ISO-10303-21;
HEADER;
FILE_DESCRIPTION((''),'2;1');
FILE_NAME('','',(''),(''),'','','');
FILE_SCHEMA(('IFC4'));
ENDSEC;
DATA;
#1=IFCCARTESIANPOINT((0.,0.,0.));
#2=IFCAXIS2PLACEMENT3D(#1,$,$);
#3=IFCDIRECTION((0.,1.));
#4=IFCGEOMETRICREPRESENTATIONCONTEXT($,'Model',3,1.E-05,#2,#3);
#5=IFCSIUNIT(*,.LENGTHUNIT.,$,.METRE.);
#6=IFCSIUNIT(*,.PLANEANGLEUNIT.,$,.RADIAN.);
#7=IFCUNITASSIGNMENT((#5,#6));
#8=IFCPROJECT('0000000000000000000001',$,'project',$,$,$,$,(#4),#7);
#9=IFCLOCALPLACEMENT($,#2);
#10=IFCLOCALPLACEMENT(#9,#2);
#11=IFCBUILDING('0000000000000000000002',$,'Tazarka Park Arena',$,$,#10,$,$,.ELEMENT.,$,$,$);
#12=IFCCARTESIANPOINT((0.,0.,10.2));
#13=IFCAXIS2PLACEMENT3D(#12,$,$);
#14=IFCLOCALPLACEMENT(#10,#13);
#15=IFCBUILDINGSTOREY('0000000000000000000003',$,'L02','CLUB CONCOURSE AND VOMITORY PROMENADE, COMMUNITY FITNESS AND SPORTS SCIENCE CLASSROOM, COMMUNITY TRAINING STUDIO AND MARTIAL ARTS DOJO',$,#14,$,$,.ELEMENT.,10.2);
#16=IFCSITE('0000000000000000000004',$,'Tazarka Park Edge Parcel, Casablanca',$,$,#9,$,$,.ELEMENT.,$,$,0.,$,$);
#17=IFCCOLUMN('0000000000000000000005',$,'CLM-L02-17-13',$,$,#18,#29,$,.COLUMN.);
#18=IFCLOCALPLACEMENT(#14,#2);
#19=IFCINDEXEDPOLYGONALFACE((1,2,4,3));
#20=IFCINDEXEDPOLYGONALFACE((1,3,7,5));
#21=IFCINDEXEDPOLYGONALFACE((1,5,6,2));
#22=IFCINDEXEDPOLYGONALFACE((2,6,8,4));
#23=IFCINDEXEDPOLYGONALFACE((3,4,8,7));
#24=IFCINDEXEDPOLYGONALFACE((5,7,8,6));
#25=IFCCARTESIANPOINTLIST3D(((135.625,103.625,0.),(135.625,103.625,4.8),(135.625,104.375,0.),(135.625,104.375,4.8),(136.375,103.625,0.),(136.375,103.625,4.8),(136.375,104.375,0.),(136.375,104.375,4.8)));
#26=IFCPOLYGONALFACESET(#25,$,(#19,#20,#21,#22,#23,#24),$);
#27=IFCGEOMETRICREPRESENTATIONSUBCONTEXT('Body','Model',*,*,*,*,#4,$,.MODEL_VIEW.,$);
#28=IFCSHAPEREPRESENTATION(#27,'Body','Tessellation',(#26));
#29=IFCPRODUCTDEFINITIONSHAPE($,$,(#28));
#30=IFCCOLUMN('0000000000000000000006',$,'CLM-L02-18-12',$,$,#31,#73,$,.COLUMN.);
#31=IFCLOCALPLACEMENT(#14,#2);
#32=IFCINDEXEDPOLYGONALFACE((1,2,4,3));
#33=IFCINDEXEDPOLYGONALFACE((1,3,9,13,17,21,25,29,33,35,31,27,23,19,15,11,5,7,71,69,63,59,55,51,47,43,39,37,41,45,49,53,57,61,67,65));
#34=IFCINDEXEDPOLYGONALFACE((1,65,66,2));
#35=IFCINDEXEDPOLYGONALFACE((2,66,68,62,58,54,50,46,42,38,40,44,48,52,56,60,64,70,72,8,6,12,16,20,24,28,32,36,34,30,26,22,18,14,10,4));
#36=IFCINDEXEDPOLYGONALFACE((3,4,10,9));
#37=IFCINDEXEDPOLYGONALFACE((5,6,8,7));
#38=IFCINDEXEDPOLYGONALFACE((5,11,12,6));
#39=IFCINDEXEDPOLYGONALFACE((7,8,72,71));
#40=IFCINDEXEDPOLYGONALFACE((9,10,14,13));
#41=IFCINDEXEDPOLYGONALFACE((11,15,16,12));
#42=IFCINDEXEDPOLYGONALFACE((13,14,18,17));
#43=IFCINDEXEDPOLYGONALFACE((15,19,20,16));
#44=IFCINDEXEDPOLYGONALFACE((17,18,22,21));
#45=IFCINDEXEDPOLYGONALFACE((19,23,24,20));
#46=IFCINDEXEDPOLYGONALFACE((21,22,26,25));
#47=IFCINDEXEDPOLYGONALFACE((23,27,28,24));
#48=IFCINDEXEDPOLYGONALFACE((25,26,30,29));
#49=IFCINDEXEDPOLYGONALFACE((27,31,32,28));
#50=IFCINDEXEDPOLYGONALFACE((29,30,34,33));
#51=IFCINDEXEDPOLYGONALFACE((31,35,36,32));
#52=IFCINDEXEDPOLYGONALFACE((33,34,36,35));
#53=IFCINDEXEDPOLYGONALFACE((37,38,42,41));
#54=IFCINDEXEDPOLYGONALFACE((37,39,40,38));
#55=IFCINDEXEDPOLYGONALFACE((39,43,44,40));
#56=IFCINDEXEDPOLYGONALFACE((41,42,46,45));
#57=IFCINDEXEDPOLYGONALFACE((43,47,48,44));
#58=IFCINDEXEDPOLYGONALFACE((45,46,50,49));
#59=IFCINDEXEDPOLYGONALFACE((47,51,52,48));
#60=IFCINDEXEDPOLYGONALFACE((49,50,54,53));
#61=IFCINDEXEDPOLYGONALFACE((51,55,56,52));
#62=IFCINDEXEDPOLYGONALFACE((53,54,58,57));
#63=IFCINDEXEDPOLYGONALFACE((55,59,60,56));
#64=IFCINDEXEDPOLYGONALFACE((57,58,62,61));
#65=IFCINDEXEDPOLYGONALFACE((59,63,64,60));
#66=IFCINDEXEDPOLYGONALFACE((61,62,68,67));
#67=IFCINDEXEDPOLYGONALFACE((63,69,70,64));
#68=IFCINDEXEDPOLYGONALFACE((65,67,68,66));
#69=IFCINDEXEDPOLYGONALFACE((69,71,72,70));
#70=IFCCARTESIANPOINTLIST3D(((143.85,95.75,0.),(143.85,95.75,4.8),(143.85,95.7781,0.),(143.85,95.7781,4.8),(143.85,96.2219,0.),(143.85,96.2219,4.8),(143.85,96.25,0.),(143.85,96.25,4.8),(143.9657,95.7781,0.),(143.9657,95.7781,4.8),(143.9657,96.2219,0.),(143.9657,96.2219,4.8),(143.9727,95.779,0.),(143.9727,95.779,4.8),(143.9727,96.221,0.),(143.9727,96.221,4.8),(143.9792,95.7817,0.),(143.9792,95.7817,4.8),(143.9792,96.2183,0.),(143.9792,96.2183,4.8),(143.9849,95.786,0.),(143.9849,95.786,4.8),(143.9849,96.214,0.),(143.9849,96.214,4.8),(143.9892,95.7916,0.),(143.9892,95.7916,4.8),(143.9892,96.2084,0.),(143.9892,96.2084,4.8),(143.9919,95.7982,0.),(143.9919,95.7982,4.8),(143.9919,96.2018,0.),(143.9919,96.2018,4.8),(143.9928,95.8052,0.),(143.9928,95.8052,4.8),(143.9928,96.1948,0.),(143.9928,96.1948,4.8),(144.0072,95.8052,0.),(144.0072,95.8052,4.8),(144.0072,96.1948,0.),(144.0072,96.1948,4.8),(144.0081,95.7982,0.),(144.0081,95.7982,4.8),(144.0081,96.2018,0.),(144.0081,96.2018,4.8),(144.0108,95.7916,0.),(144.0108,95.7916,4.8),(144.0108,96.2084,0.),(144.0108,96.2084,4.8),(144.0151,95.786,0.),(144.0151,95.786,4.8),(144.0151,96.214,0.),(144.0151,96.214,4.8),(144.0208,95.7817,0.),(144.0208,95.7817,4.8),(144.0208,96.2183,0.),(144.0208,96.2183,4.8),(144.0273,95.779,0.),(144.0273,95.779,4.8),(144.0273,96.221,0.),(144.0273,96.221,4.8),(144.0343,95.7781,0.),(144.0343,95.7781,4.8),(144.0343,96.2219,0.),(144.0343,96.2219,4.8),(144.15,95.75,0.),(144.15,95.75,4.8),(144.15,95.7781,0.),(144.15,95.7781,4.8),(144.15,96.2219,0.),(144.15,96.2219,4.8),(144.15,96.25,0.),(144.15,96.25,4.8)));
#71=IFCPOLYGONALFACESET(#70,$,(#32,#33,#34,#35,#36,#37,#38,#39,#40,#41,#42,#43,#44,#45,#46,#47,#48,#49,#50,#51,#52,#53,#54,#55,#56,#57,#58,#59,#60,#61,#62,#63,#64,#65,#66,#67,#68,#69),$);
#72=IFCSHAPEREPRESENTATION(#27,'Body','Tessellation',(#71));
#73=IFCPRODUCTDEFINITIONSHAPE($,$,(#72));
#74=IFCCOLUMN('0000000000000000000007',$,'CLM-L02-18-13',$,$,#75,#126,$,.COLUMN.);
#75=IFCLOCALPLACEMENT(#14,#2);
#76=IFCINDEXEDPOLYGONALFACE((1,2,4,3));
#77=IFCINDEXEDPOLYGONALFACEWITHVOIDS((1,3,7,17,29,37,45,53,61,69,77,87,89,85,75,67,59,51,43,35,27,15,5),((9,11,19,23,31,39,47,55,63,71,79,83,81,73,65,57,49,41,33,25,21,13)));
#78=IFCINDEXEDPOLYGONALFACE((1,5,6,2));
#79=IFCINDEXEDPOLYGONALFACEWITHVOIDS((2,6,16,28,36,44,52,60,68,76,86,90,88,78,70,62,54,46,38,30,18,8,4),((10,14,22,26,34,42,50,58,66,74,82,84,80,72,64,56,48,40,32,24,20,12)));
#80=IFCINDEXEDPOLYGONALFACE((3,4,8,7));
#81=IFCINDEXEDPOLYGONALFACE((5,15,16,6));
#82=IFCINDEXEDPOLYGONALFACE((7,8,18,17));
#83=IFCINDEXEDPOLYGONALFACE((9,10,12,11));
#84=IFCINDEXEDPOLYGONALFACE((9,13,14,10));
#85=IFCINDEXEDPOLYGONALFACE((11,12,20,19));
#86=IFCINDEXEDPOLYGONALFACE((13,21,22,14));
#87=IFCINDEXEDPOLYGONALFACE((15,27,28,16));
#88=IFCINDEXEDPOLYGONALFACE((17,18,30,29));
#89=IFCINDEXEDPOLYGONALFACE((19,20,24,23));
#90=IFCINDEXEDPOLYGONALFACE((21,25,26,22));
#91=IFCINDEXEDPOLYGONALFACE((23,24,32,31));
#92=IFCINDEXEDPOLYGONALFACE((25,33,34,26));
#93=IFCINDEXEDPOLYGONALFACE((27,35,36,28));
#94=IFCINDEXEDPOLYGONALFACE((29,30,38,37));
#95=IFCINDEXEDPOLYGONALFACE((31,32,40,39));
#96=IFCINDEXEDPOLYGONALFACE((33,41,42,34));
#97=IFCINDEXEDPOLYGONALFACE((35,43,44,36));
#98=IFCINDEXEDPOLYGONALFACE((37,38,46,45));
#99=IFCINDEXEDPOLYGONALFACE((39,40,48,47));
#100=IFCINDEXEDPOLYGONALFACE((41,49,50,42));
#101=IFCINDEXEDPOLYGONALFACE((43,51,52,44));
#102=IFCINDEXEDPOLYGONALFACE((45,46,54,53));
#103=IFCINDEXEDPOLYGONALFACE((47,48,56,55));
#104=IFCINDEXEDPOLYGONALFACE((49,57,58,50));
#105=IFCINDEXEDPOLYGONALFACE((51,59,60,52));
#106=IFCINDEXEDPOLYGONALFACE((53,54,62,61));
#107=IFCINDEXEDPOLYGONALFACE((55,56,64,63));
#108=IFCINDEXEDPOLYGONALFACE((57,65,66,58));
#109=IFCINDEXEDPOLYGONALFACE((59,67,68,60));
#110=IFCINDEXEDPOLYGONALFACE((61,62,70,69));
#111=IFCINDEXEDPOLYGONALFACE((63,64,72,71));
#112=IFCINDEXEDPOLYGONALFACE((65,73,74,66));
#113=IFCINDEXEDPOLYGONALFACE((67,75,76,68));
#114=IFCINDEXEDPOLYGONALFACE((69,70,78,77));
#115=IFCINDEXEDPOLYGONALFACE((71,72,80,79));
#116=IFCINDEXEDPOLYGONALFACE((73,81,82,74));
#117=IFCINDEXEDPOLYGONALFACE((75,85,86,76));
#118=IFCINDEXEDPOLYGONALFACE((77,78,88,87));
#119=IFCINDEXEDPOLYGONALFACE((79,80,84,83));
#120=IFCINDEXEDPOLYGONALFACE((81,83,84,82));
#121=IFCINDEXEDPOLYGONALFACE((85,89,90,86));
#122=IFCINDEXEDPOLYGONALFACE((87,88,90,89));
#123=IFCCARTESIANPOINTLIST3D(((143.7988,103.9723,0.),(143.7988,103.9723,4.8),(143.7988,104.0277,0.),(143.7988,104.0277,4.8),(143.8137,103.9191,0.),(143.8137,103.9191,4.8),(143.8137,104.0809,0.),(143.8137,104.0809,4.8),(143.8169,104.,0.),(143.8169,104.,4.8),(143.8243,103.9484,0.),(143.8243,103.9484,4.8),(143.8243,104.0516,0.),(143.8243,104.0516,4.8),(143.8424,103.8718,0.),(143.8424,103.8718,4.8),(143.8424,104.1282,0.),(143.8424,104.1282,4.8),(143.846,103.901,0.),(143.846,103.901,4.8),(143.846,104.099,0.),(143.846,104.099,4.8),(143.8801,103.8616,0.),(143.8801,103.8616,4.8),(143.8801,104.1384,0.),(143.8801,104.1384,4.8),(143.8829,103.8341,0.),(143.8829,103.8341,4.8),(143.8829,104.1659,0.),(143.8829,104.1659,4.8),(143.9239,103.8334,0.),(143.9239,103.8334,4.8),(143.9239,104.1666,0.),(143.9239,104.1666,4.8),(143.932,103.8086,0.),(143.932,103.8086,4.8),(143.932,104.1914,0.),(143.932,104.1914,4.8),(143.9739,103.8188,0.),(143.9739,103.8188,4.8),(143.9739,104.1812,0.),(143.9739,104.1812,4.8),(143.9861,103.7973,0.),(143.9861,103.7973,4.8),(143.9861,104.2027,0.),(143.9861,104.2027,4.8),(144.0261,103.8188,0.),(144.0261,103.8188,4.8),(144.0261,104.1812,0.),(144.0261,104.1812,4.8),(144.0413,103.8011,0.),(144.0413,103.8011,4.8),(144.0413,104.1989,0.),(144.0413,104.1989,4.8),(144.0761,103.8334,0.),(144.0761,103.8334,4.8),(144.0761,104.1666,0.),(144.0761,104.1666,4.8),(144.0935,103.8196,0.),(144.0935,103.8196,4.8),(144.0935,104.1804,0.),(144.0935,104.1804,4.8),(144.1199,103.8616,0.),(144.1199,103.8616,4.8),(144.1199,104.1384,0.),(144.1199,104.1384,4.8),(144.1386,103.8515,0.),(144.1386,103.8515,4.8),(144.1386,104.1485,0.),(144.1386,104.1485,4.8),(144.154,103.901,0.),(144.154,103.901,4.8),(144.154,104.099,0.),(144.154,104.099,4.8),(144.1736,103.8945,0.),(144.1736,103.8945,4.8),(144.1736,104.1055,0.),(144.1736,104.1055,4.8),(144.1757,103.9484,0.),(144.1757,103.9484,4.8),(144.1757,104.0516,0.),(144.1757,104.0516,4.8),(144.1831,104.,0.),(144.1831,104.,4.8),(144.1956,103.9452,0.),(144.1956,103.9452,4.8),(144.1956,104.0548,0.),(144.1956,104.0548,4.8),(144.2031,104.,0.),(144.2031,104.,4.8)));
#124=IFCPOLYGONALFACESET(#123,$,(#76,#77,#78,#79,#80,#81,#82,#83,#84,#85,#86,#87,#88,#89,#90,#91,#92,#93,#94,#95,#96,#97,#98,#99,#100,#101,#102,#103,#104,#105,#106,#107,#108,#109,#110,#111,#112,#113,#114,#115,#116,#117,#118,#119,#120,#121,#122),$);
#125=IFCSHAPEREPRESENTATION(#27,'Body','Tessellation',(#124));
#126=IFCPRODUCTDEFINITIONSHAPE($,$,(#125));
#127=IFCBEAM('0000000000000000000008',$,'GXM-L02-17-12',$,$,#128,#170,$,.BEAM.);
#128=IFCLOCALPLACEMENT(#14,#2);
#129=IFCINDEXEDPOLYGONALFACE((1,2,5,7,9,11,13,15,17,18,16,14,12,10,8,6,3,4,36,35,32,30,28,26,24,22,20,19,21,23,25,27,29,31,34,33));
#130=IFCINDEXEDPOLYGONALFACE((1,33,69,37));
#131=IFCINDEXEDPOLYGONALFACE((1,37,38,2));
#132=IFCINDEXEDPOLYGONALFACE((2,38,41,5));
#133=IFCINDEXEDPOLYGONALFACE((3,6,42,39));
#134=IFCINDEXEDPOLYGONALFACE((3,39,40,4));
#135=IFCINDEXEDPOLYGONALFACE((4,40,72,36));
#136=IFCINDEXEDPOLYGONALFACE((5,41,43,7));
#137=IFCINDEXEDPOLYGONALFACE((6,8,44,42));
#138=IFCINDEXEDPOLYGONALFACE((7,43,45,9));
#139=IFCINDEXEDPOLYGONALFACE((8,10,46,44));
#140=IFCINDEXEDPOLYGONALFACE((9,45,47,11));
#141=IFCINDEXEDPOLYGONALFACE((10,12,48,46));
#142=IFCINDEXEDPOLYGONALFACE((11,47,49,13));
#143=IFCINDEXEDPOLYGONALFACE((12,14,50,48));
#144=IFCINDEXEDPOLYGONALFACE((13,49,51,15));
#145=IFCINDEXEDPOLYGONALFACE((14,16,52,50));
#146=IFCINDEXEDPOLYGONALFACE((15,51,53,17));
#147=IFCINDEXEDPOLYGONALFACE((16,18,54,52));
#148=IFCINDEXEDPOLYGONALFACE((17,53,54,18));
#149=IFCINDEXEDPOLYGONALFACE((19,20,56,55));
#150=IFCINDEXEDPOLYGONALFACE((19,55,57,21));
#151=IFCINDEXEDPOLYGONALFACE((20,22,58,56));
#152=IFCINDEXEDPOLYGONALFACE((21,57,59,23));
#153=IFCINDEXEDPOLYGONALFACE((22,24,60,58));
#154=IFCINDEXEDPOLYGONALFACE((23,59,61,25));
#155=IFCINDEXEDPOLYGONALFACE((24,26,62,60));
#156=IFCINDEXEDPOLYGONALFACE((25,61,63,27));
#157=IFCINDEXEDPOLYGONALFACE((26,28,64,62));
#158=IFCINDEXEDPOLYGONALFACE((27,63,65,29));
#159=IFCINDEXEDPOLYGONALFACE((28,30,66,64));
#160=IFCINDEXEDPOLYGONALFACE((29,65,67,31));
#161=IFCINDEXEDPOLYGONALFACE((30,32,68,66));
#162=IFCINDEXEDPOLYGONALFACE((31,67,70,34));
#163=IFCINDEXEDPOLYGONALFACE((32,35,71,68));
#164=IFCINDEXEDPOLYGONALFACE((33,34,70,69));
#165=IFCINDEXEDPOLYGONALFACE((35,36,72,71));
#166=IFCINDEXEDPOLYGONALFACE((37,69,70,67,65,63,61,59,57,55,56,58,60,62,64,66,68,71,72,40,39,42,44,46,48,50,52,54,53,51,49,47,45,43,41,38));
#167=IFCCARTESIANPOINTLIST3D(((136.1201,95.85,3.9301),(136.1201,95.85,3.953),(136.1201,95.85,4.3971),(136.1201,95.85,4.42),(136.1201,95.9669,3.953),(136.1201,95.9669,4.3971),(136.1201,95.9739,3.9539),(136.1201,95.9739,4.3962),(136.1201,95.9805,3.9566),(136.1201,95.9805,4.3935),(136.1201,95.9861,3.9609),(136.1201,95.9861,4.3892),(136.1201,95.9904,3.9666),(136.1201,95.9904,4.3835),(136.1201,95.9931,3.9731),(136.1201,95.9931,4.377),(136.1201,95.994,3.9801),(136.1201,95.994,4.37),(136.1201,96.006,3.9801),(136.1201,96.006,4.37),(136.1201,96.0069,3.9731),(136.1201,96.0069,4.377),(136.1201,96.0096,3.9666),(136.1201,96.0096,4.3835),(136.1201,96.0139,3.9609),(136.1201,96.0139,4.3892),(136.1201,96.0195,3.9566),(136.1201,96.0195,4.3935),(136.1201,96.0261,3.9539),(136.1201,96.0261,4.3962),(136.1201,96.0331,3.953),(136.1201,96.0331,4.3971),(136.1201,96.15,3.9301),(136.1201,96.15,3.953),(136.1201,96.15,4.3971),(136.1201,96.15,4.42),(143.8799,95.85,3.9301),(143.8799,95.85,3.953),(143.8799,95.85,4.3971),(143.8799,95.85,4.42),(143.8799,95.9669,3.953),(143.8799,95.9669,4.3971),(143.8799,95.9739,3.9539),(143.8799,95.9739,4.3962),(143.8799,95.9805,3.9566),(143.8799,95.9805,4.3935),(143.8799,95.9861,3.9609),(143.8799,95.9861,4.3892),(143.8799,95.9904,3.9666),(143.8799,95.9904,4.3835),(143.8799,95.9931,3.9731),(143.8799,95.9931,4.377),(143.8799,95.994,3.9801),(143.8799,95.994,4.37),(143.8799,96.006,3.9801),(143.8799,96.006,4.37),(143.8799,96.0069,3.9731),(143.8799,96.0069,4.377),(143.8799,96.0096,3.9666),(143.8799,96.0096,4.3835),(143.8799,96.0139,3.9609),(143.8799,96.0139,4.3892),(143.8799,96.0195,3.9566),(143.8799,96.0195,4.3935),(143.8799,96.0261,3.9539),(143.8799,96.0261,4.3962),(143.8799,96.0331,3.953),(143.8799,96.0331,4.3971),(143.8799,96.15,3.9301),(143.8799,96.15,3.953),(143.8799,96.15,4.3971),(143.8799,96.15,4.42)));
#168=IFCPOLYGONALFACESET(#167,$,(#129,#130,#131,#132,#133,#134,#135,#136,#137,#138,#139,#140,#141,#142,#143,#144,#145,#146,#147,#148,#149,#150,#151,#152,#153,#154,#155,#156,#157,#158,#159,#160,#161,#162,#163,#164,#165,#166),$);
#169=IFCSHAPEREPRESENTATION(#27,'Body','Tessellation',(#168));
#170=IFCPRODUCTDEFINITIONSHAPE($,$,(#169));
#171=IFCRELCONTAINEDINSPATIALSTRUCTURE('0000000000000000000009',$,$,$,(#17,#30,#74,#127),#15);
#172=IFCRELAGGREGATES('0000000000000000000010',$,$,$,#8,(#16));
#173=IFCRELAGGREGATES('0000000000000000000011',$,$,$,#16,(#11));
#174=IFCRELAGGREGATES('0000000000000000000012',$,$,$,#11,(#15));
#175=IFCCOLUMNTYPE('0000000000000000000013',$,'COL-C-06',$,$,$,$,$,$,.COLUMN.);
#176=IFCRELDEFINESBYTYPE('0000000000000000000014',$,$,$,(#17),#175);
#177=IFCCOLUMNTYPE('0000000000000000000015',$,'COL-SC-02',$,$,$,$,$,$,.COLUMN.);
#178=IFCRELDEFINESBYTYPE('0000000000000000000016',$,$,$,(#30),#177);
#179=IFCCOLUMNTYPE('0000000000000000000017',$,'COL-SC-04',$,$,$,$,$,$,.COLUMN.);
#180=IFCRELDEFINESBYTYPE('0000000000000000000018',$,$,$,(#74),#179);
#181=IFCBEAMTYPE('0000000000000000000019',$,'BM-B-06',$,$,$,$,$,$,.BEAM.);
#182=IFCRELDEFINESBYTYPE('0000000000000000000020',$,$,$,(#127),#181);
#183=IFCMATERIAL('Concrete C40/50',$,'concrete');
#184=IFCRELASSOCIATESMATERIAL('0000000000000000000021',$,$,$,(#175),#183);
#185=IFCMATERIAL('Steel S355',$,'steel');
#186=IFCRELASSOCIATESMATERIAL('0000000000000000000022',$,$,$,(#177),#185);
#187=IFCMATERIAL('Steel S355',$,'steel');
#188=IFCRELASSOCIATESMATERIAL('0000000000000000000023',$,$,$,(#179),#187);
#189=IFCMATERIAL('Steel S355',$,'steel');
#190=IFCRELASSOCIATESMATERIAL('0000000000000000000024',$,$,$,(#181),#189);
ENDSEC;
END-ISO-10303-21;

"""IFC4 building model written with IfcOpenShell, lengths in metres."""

from ifc_helpers import new_model, si_unit, direction, frame, origin, origin_2d, place, context, subcontext, project, spatial, rectangle, hollow_circle, i_section, extrude, material, material_profile, profile_set, type_object, element, save


model = new_model("IFC4")

# Units and contexts
model_context = context("Model", 3, precision=1e-05, world=origin(), true_north=direction((0.0, 1.0)))
body_context = subcontext(model_context, "Body", "Model", "MODEL_VIEW")
ifc_project = project(units=[si_unit("LENGTHUNIT", "METRE"), si_unit("PLANEANGLEUNIT", "RADIAN")], contexts=[model_context])

# Site, building, storey
site_placement = place(None, origin())
site = spatial("IfcSite", under=ifc_project, at=site_placement, Name="Tazarka Park Edge Parcel, Casablanca", CompositionType="ELEMENT", RefElevation=0.0)
building_placement = place(site_placement, origin())
building = spatial("IfcBuilding", under=site, at=building_placement, Name="Tazarka Park Arena", CompositionType="ELEMENT")
storey_placement = place(building_placement, frame((0.0, 0.0, 10.2)))
storey = spatial("IfcBuildingStorey", under=building, at=storey_placement, Name="L02", Description="CLUB CONCOURSE AND VOMITORY PROMENADE, COMMUNITY FITNESS AND SPORTS SCIENCE CLASSROOM, COMMUNITY TRAINING STUDIO AND MARTIAL ARTS DOJO", CompositionType="ELEMENT", Elevation=10.2)

# Columns
ifc_material_1 = material(Name="Concrete C40/50", Category="concrete")
ifc_material_profile_1 = material_profile(ifc_material_1, rectangle(XDim=0.75, YDim=0.75, at=origin_2d()), Name="Concrete C40/50")
ifc_profile_set_1 = profile_set([ifc_material_profile_1], Name="Concrete C40/50")
column_type_1 = type_object("IfcColumnType", Name="COL-C-06", PredefinedType="COLUMN", material=ifc_profile_set_1)
column_1_placement = place(storey_placement, frame((136.0, 104.0, 0.0), z_axis=(0.0, 0.0, 1.0), x_axis=(1.0, 0.0, 0.0)))
element("IfcColumn", 1, at=column_1_placement, inside=storey, type_object=column_type_1, Name="CLM-L02-17-13", PredefinedType="COLUMN", context=body_context, shape_type="SweptSolid", body=[
    extrude(rectangle(XDim=0.75, YDim=0.75, at=origin_2d()), origin(), (0.0, 0.0, 1.0), 4.8),
])
ifc_material_2 = material(Name="Steel S355", Category="steel")
ifc_material_profile_2 = material_profile(ifc_material_2, i_section(OverallWidth=0.3, OverallDepth=0.5, WebThickness=0.0144, FlangeThickness=0.0281, FilletRadius=0.0271, at=origin_2d()), Name="Steel S355")
ifc_profile_set_2 = profile_set([ifc_material_profile_2], Name="Steel S355")
column_type_2 = type_object("IfcColumnType", Name="COL-SC-02", PredefinedType="COLUMN", material=ifc_profile_set_2)
column_2_placement = place(storey_placement, frame((144.0, 96.0, 0.0), z_axis=(0.0, 0.0, 1.0), x_axis=(1.0, 0.0, 0.0)))
element("IfcColumn", 2, at=column_2_placement, inside=storey, type_object=column_type_2, Name="CLM-L02-18-12", PredefinedType="COLUMN", context=body_context, shape_type="SweptSolid", body=[
    extrude(i_section(OverallWidth=0.3, OverallDepth=0.5, WebThickness=0.0144, FlangeThickness=0.0281, FilletRadius=0.0271, at=origin_2d()), origin(), (0.0, 0.0, 1.0), 4.8),
])
ifc_material_3 = material(Name="Steel S355", Category="steel")
ifc_material_profile_3 = material_profile(ifc_material_3, hollow_circle(Radius=0.2031, WallThickness=0.02, at=origin_2d()), Name="Steel S355")
ifc_profile_set_3 = profile_set([ifc_material_profile_3], Name="Steel S355")
column_type_3 = type_object("IfcColumnType", Name="COL-SC-04", PredefinedType="COLUMN", material=ifc_profile_set_3)
column_3_placement = place(storey_placement, frame((144.0, 104.0, 0.0), z_axis=(0.0, 0.0, 1.0), x_axis=(1.0, 0.0, 0.0)))
element("IfcColumn", 3, at=column_3_placement, inside=storey, type_object=column_type_3, Name="CLM-L02-18-13", PredefinedType="COLUMN", context=body_context, shape_type="SweptSolid", body=[
    extrude(hollow_circle(Radius=0.2031, WallThickness=0.02, at=origin_2d()), origin(), (0.0, 0.0, 1.0), 4.8),
])

# Beam
ifc_material_4 = material(Name="Steel S355", Category="steel")
ifc_material_profile_4 = material_profile(ifc_material_4, i_section(OverallWidth=0.3, OverallDepth=0.49, WebThickness=0.012, FlangeThickness=0.0229, FilletRadius=0.0271, at=origin_2d()), Name="Steel S355")
ifc_profile_set_4 = profile_set([ifc_material_profile_4], Name="Steel S355")
beam_type_1 = type_object("IfcBeamType", Name="BM-B-06", PredefinedType="BEAM", material=ifc_profile_set_4)
for number, where, z_axis, x_axis, name in (
    (4, (136.1201, 96.0, 4.175), (1.0, 0.0, 0.0), (0.0, 1.0, 0.0), "GXM-L02-17-12"),
):
    element("IfcBeam", number, at=place(storey_placement, frame(where, z_axis=z_axis, x_axis=x_axis)), inside=storey, type_object=beam_type_1, Name=name, PredefinedType="BEAM", context=body_context, shape_type="SweptSolid", body=[
        extrude(i_section(OverallWidth=0.3, OverallDepth=0.49, WebThickness=0.012, FlangeThickness=0.0229, FilletRadius=0.0271, at=origin_2d()), origin(), (0.0, 0.0, 1.0), 7.7598),
    ])

save(model, "model.ifc")
